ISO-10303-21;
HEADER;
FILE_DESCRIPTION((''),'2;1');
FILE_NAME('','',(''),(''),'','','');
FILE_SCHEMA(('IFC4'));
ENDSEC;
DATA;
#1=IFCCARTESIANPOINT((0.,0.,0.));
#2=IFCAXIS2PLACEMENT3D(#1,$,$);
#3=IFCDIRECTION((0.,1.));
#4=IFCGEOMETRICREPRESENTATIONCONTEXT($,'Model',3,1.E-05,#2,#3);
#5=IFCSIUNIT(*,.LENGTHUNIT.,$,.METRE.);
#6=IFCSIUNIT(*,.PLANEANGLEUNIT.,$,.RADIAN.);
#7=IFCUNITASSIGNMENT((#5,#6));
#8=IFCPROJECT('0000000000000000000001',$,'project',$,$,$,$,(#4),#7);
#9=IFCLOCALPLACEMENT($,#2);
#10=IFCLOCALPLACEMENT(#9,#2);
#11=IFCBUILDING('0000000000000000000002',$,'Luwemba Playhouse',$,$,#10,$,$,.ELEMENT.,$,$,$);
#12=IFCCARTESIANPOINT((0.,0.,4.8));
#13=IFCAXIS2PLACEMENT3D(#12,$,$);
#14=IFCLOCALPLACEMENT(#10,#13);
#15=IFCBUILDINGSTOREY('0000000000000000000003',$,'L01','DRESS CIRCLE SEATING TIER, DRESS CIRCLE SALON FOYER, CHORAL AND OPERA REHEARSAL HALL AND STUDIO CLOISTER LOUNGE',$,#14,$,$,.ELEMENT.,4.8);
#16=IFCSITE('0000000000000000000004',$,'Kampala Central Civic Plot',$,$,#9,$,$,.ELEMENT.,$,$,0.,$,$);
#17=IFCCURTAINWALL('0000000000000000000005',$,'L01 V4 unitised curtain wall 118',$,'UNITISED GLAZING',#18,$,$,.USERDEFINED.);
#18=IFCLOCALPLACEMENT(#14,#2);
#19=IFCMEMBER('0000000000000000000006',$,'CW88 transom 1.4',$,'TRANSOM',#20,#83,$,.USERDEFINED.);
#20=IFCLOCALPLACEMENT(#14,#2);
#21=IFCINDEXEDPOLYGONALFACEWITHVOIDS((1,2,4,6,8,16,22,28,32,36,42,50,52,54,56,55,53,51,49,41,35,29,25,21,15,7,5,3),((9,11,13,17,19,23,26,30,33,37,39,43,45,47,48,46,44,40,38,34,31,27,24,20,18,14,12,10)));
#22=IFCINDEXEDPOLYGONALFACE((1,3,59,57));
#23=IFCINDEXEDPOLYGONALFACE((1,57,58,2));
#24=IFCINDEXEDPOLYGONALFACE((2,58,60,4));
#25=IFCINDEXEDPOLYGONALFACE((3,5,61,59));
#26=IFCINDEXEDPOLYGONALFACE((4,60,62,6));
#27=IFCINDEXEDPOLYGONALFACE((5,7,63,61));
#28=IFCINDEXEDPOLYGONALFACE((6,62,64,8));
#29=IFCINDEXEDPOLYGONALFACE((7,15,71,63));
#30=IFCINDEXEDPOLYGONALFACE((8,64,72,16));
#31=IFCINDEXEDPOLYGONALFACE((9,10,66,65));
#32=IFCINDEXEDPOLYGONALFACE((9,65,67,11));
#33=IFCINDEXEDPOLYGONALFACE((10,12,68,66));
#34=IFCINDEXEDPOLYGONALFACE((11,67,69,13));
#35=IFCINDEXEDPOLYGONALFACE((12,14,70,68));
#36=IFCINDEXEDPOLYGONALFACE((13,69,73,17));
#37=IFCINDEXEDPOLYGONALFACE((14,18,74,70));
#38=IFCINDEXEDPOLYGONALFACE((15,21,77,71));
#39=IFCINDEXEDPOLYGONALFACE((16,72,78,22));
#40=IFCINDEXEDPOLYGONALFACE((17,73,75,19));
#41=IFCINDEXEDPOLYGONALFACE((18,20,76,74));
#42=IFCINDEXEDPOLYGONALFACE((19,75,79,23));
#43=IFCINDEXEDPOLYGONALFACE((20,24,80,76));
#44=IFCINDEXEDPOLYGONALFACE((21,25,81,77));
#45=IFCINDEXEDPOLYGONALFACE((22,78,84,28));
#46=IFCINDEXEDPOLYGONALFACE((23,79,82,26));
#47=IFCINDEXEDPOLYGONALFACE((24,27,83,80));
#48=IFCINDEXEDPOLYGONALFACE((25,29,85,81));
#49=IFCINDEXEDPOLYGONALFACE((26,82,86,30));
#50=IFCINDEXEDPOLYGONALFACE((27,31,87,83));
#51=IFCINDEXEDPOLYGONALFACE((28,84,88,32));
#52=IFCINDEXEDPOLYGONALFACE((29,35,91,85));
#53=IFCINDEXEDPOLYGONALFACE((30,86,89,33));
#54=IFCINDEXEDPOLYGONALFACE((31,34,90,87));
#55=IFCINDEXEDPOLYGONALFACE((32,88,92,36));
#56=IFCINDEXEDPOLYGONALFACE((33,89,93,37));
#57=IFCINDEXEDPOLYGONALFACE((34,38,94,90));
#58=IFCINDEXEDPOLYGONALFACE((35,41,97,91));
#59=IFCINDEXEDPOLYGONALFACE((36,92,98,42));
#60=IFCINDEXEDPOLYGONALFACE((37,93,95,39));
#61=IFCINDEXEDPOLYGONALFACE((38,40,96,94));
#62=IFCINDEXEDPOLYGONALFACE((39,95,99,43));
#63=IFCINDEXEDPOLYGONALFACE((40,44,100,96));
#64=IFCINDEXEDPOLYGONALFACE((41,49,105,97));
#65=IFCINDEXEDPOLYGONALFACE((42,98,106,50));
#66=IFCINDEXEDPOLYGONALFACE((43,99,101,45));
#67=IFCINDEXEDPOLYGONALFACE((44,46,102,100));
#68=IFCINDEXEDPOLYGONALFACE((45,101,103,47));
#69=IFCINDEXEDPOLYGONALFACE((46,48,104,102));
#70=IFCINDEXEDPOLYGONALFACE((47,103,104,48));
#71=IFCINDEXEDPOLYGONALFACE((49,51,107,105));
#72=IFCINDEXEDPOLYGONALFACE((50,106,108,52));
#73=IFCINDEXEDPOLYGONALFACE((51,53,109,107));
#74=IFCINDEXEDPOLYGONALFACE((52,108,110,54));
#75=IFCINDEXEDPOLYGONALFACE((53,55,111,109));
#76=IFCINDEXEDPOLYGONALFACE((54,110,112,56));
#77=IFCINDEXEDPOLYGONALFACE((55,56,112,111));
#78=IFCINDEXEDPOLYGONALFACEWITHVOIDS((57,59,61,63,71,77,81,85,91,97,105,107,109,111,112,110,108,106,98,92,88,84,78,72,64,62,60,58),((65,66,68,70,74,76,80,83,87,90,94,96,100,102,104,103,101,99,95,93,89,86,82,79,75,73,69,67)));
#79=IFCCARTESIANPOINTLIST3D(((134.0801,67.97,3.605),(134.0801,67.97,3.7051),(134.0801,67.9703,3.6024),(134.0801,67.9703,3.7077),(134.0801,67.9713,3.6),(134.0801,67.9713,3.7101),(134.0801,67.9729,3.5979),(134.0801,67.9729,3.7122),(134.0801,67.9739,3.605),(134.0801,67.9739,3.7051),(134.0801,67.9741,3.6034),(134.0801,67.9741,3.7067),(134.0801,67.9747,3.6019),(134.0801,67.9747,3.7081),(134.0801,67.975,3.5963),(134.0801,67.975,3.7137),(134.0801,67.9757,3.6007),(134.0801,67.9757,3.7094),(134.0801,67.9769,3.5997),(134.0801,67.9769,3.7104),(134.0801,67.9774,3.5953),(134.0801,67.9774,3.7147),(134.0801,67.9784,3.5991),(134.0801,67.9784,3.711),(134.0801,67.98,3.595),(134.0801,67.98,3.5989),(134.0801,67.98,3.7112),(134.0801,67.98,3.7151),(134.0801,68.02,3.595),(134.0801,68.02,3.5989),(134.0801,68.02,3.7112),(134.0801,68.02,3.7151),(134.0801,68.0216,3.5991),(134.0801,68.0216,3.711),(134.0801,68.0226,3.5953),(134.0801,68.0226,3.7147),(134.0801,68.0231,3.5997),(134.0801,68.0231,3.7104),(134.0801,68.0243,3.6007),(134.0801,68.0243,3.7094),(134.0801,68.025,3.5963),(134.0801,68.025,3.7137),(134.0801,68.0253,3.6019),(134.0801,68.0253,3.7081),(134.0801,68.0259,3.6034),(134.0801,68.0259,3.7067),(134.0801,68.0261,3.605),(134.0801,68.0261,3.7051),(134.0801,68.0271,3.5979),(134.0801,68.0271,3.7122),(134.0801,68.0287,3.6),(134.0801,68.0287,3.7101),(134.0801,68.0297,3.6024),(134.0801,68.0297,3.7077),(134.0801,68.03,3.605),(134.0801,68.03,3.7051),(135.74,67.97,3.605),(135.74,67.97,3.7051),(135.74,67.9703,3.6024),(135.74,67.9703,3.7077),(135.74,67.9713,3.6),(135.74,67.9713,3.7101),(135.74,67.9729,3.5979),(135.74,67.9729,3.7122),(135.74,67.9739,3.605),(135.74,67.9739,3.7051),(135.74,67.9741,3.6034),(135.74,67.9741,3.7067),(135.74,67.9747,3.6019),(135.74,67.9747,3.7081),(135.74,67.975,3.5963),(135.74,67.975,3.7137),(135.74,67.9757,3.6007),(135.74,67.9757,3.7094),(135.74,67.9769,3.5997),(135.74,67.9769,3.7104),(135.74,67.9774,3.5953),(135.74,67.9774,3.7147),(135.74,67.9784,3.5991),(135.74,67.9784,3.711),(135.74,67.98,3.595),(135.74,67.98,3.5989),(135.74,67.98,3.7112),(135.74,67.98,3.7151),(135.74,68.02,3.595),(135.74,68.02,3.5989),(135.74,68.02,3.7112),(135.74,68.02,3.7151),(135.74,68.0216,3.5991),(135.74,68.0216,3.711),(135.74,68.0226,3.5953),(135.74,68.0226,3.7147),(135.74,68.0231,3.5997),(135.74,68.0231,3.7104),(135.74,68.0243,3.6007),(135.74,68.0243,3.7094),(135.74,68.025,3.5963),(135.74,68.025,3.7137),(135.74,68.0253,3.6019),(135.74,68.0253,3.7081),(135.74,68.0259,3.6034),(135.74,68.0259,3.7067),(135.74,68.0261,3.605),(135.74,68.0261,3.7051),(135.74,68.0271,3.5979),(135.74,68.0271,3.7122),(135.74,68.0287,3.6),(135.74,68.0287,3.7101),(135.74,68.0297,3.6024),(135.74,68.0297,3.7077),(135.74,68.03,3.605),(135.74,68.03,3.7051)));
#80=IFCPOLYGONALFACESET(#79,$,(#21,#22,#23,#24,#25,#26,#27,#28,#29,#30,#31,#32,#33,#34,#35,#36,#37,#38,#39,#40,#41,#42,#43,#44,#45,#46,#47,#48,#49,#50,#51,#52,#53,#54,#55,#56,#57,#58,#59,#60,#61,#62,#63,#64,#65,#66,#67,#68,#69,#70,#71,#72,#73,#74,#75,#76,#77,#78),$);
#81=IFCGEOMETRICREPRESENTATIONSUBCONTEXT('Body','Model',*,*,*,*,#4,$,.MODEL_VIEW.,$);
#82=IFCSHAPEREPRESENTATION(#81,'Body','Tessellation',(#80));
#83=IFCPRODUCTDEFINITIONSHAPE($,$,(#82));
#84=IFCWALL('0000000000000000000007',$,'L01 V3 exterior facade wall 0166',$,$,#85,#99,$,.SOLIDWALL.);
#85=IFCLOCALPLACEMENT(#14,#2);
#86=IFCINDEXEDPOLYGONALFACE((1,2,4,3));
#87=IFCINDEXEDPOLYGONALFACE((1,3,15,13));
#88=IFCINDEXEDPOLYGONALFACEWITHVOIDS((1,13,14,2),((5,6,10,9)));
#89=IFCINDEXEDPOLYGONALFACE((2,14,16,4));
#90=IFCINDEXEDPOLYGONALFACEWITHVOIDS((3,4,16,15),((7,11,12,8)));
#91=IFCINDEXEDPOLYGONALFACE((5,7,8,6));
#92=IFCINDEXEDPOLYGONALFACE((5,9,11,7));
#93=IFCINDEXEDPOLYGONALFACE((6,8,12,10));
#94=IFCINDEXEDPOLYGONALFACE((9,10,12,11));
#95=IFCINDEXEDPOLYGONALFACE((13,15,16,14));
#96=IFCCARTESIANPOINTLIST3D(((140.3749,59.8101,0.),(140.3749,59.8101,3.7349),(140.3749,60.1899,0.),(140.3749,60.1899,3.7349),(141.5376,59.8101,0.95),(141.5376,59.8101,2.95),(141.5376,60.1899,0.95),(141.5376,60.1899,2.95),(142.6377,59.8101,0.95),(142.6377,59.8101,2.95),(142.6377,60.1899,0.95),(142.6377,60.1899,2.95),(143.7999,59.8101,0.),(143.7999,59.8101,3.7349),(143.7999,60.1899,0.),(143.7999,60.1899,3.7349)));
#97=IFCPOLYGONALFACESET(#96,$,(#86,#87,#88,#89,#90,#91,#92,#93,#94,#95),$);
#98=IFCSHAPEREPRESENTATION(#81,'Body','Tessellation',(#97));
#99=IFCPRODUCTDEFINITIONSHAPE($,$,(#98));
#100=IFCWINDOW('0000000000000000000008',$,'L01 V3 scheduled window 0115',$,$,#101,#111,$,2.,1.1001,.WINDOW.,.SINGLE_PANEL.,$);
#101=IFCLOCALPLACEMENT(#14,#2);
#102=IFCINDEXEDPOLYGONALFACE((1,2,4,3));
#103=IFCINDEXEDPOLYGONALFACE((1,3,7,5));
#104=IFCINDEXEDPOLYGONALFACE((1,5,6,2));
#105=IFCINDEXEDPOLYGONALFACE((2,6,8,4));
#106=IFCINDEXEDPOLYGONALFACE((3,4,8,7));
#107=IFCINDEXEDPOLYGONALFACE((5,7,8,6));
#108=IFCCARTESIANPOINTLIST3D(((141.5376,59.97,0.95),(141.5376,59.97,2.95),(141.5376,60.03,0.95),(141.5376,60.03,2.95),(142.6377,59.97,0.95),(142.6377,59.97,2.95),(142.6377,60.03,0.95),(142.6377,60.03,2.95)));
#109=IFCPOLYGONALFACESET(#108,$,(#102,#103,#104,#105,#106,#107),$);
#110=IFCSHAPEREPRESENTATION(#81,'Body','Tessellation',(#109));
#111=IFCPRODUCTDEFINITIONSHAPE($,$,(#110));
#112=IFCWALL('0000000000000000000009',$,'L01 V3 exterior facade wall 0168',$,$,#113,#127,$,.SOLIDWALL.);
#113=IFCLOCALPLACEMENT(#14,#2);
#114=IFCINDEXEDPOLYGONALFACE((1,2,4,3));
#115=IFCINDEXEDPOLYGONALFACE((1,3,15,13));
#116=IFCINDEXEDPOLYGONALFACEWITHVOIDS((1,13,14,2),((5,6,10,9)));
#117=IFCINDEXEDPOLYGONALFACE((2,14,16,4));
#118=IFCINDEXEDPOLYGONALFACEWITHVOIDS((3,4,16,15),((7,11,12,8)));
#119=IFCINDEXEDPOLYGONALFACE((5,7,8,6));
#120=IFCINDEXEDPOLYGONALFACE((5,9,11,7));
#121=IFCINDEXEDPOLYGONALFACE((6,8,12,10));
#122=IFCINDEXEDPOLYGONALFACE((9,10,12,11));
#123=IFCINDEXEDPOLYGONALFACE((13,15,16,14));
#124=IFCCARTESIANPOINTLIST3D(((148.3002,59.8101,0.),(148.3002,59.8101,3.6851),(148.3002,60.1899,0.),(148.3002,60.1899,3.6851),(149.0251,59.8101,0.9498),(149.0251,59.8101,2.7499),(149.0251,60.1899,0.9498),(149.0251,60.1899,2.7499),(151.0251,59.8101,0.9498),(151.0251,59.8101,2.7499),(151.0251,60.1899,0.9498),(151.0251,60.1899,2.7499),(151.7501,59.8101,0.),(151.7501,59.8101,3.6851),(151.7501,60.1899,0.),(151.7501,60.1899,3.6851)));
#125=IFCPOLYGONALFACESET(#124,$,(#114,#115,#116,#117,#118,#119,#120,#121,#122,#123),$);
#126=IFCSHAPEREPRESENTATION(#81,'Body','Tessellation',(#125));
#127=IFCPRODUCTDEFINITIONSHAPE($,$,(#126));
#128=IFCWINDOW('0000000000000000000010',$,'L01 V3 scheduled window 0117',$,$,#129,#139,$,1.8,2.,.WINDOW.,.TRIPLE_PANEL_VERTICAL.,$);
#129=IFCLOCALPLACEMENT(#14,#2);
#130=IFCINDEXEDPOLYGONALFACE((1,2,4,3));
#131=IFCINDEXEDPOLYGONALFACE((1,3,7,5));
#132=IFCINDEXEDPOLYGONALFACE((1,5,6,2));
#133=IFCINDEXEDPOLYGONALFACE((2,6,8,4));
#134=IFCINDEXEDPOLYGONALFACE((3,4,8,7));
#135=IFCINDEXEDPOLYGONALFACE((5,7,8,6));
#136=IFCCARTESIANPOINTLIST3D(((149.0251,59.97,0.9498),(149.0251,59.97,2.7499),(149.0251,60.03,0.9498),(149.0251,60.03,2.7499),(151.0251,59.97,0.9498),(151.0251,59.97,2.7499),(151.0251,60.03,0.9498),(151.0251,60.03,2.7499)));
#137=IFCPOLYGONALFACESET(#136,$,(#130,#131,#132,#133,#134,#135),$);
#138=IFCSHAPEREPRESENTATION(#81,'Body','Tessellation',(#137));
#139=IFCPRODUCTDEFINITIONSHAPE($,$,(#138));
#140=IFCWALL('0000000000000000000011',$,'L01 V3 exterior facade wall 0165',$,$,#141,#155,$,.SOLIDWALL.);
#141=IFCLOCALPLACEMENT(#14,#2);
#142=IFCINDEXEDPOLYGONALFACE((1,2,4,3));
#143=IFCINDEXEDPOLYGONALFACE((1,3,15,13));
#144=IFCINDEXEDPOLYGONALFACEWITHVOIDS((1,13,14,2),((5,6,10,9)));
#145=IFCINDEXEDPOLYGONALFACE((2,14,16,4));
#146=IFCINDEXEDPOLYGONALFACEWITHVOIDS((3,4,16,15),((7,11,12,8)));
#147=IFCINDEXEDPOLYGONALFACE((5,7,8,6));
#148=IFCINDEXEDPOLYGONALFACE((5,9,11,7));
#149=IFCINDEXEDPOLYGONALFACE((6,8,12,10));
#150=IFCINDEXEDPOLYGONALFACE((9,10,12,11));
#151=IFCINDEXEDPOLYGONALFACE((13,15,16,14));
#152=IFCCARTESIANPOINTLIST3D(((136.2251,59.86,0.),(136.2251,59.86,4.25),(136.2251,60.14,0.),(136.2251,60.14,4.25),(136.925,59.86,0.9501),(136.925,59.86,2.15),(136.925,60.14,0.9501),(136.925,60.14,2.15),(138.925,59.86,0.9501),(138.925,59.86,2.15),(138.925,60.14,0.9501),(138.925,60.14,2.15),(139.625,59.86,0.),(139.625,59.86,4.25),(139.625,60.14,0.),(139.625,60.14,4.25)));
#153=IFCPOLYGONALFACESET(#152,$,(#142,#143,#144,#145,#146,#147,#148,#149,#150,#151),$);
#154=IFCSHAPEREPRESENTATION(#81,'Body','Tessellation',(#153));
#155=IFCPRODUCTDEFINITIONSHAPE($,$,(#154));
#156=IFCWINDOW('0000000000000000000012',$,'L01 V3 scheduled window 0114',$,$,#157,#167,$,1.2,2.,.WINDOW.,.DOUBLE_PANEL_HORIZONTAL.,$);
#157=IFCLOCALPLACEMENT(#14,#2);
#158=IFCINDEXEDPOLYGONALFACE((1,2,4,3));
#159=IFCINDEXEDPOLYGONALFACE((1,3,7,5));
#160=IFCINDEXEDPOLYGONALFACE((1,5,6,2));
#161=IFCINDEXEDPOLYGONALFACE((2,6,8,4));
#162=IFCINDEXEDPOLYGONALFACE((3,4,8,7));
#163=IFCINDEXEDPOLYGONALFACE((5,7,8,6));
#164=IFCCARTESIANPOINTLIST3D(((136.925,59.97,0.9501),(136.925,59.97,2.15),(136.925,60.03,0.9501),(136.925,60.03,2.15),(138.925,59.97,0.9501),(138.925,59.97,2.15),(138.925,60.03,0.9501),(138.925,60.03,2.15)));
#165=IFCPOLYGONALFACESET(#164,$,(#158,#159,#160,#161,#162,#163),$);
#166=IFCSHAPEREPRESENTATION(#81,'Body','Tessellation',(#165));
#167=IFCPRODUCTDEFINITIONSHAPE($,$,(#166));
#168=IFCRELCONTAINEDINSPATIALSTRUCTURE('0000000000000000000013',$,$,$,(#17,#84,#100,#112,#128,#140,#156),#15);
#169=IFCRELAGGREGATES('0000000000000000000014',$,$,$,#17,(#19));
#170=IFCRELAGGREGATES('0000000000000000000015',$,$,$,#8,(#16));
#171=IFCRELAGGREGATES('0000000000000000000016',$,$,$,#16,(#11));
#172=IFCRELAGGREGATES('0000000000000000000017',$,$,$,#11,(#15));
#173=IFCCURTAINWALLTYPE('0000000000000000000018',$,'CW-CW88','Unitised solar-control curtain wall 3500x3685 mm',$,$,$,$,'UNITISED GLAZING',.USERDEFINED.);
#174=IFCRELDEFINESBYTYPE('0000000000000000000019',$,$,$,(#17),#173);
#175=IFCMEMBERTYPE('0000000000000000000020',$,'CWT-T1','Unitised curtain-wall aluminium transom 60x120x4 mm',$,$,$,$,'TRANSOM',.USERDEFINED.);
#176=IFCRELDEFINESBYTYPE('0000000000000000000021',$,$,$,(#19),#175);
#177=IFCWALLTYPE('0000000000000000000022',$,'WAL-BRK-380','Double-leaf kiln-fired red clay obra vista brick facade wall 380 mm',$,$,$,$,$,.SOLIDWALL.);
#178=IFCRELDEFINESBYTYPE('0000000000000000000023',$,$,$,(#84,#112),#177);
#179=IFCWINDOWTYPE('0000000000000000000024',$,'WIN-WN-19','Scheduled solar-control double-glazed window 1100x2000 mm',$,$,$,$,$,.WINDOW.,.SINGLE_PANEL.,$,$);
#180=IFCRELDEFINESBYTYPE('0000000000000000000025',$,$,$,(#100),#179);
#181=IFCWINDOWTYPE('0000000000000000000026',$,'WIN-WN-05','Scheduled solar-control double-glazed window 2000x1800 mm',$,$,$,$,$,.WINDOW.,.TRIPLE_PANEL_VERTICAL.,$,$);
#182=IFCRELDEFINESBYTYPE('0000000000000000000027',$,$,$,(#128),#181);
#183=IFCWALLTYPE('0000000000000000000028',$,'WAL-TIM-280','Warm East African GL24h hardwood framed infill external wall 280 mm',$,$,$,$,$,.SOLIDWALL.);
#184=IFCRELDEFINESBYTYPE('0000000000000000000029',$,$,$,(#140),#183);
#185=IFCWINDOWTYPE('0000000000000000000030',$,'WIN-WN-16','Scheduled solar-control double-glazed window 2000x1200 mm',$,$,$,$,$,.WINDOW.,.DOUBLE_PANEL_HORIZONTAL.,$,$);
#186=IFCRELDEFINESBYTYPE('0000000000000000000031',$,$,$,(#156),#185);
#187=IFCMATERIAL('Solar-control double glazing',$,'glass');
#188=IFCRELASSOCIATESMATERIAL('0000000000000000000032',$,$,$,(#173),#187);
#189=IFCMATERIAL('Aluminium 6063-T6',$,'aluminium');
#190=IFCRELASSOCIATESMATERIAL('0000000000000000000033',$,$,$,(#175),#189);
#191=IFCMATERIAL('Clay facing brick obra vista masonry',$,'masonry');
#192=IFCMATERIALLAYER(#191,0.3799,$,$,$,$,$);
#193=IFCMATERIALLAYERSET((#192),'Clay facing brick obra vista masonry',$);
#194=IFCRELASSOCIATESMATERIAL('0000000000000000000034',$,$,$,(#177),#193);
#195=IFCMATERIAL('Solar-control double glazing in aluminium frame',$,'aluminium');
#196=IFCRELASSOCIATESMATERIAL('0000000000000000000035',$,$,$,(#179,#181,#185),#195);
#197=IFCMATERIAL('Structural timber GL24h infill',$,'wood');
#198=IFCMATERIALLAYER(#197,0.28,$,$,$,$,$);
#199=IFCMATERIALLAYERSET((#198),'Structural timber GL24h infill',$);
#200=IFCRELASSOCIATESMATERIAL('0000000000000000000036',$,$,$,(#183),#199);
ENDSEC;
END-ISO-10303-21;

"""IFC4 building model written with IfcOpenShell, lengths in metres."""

from ifc_helpers import new_model, si_unit, direction, frame, frame_2d, origin, origin_2d, place, context, subcontext, project, spatial, rectangle, hollow_rectangle, extrude, material, layer, layer_set, material_profile, profile_set, type_object, element, fill, aggregate, save


model = new_model("IFC4")

# Units and contexts
model_context = context("Model", 3, precision=1e-05, world=origin(), true_north=direction((0.0, 1.0)))
body_context = subcontext(model_context, "Body", "Model", "MODEL_VIEW")
ifc_project = project(units=[si_unit("LENGTHUNIT", "METRE"), si_unit("PLANEANGLEUNIT", "RADIAN")], contexts=[model_context])

# Site, building, storey
site_placement = place(None, origin())
site = spatial("IfcSite", under=ifc_project, at=site_placement, Name="Kampala Central Civic Plot", CompositionType="ELEMENT", RefElevation=0.0)
building_placement = place(site_placement, origin())
building = spatial("IfcBuilding", under=site, at=building_placement, Name="Luwemba Playhouse", CompositionType="ELEMENT")
storey_placement = place(building_placement, frame((0.0, 0.0, 4.8)))
storey = spatial("IfcBuildingStorey", under=building, at=storey_placement, Name="L01", Description="DRESS CIRCLE SEATING TIER, DRESS CIRCLE SALON FOYER, CHORAL AND OPERA REHEARSAL HALL AND STUDIO CLOISTER LOUNGE", CompositionType="ELEMENT", Elevation=4.8)

# Curtain wall, member
ifc_material_1 = material(Name="Solar-control double glazing", Category="glass")
curtain_wall_type = type_object("IfcCurtainWallType", Name="CW-CW88", Description="Unitised solar-control curtain wall 3500x3685 mm", ElementType="UNITISED GLAZING", PredefinedType="USERDEFINED", material=ifc_material_1)
curtain_wall_placement = place(storey_placement, origin())
curtain_wall = element("IfcCurtainWall", 1, at=curtain_wall_placement, inside=storey, type_object=curtain_wall_type, Name="L01 V4 unitised curtain wall 118", ObjectType="UNITISED GLAZING", PredefinedType="USERDEFINED")
ifc_material_2 = material(Name="Aluminium 6063-T6", Category="aluminium")
ifc_material_profile_1 = material_profile(ifc_material_2, hollow_rectangle(XDim=0.0601, YDim=0.1201, WallThickness=0.0039, InnerFilletRadius=0.0061, OuterFilletRadius=0.01, at=origin_2d()))
ifc_profile_set_1 = profile_set([ifc_material_profile_1], Name="Aluminium 6063-T6")
member_type_1 = type_object("IfcMemberType", Name="CWT-T1", Description="Unitised curtain-wall aluminium transom 60x120x4 mm", ElementType="TRANSOM", PredefinedType="USERDEFINED", material=ifc_profile_set_1)
member_1_placement = place(storey_placement, frame((135.74, 68.0, 3.655), z_axis=(-1.0, 0.0, 0.0), x_axis=(0.0, -1.0, 0.0)))
member_1 = element("IfcMember", 2, at=member_1_placement, type_object=member_type_1, Name="CW88 transom 1.4", ObjectType="TRANSOM", PredefinedType="USERDEFINED", context=body_context, shape_type="SweptSolid", body=[
    extrude(hollow_rectangle(XDim=0.0601, YDim=0.1201, WallThickness=0.0039, InnerFilletRadius=0.0061, OuterFilletRadius=0.01, at=origin_2d()), origin(), (0.0, 0.0, 1.0), 1.6599),
])
aggregate(curtain_wall, [member_1])

# Walls, openings, windows
ifc_material_3 = material(Name="Clay facing brick obra vista masonry", Category="masonry")
ifc_layer_1 = layer(ifc_material_3, 0.3799)
ifc_layer_set_1 = layer_set([ifc_layer_1], Name="Clay facing brick obra vista masonry")
wall_type_1 = type_object("IfcWallType", Name="WAL-BRK-380", Description="Double-leaf kiln-fired red clay obra vista brick facade wall 380 mm", PredefinedType="SOLIDWALL", material=ifc_layer_set_1)
wall_1_placement = place(storey_placement, frame((140.375, 60.0, 0.0), z_axis=(0.0, 0.0, 1.0), x_axis=(1.0, 0.0, 0.0)))
wall_1 = element("IfcWall", 3, at=wall_1_placement, inside=storey, type_object=wall_type_1, Name="L01 V3 exterior facade wall 0166", PredefinedType="SOLIDWALL", context=body_context, shape_type="SweptSolid", body=[
    extrude(rectangle(XDim=3.425, YDim=0.3799, at=frame_2d((1.7124, 0.0))), origin(), (0.0, 0.0, 1.0), 3.7349),
])
opening_1_placement = place(wall_1_placement, frame((1.1626, 0.0, 0.95)))
opening_1 = element("IfcOpeningElement", 4, at=opening_1_placement, cuts=wall_1, PredefinedType="OPENING", context=body_context, shape_type="SweptSolid", body=[
    extrude(rectangle(XDim=1.1001, YDim=2.0, at=frame_2d((0.55, 1.0))), frame((0.0, 0.2, 0.0), z_axis=(0.0, -1.0, 0.0), x_axis=(1.0, 0.0, 0.0)), (0.0, 0.0, 1.0), 0.3999),
])
ifc_material_4 = material(Name="Solar-control double glazing in aluminium frame", Category="aluminium")
window_type_1 = type_object("IfcWindowType", Name="WIN-WN-19", Description="Scheduled solar-control double-glazed window 1100x2000 mm", PartitioningType="SINGLE_PANEL", PredefinedType="WINDOW", material=ifc_material_4)
window_1_placement = place(opening_1_placement, origin())
window_1 = element("IfcWindow", 5, at=window_1_placement, inside=storey, type_object=window_type_1, Name="L01 V3 scheduled window 0115", OverallHeight=2.0, OverallWidth=1.1001, PartitioningType="SINGLE_PANEL", PredefinedType="WINDOW", context=body_context, shape_type="SweptSolid", body=[
    extrude(rectangle(XDim=1.1001, YDim=2.0, at=frame_2d((0.55, 1.0))), frame((0.0, 0.03, 0.0), z_axis=(0.0, -1.0, 0.0), x_axis=(1.0, 0.0, 0.0)), (0.0, 0.0, 1.0), 0.0601),
])
fill(opening_1, window_1)
wall_2_placement = place(storey_placement, frame((148.3, 60.0, 0.0), z_axis=(0.0, 0.0, 1.0), x_axis=(1.0, 0.0, 0.0)))
wall_2 = element("IfcWall", 6, at=wall_2_placement, inside=storey, type_object=wall_type_1, Name="L01 V3 exterior facade wall 0168", PredefinedType="SOLIDWALL", context=body_context, shape_type="SweptSolid", body=[
    extrude(rectangle(XDim=3.45, YDim=0.3799, at=frame_2d((1.7251, 0.0))), origin(), (0.0, 0.0, 1.0), 3.6851),
])
opening_2_placement = place(wall_2_placement, frame((0.7251, 0.0, 0.95)))
opening_2 = element("IfcOpeningElement", 7, at=opening_2_placement, cuts=wall_2, PredefinedType="OPENING", context=body_context, shape_type="SweptSolid", body=[
    extrude(rectangle(XDim=2.0, YDim=1.8, at=frame_2d((1.0, 0.8999))), frame((0.0, 0.2, 0.0), z_axis=(0.0, -1.0, 0.0), x_axis=(1.0, 0.0, 0.0)), (0.0, 0.0, 1.0), 0.3999),
])
window_type_2 = type_object("IfcWindowType", Name="WIN-WN-05", Description="Scheduled solar-control double-glazed window 2000x1800 mm", PartitioningType="TRIPLE_PANEL_VERTICAL", PredefinedType="WINDOW", material=ifc_material_4)
window_2_placement = place(opening_2_placement, origin())
window_2 = element("IfcWindow", 8, at=window_2_placement, inside=storey, type_object=window_type_2, Name="L01 V3 scheduled window 0117", OverallHeight=1.8, OverallWidth=2.0, PartitioningType="TRIPLE_PANEL_VERTICAL", PredefinedType="WINDOW", context=body_context, shape_type="SweptSolid", body=[
    extrude(rectangle(XDim=2.0, YDim=1.8, at=frame_2d((1.0, 0.8999))), frame((0.0, 0.03, 0.0), z_axis=(0.0, -1.0, 0.0), x_axis=(1.0, 0.0, 0.0)), (0.0, 0.0, 1.0), 0.0601),
])
fill(opening_2, window_2)
ifc_material_5 = material(Name="Structural timber GL24h infill", Category="wood")
ifc_layer_2 = layer(ifc_material_5, 0.28)
ifc_layer_set_2 = layer_set([ifc_layer_2], Name="Structural timber GL24h infill")
wall_type_2 = type_object("IfcWallType", Name="WAL-TIM-280", Description="Warm East African GL24h hardwood framed infill external wall 280 mm", PredefinedType="SOLIDWALL", material=ifc_layer_set_2)
wall_3_placement = place(storey_placement, frame((136.2251, 60.0, 0.0), z_axis=(0.0, 0.0, 1.0), x_axis=(1.0, 0.0, 0.0)))
wall_3 = element("IfcWall", 9, at=wall_3_placement, inside=storey, type_object=wall_type_2, Name="L01 V3 exterior facade wall 0165", PredefinedType="SOLIDWALL", context=body_context, shape_type="SweptSolid", body=[
    extrude(rectangle(XDim=3.3999, YDim=0.28, at=frame_2d((1.7, 0.0))), origin(), (0.0, 0.0, 1.0), 4.25),
])
opening_3_placement = place(wall_3_placement, frame((0.7, 0.0, 0.95)))
opening_3 = element("IfcOpeningElement", 10, at=opening_3_placement, cuts=wall_3, PredefinedType="OPENING", context=body_context, shape_type="SweptSolid", body=[
    extrude(rectangle(XDim=2.0, YDim=1.2, at=frame_2d((1.0, 0.6001))), frame((0.0, 0.1499, 0.0), z_axis=(0.0, -1.0, 0.0), x_axis=(1.0, 0.0, 0.0)), (0.0, 0.0, 1.0), 0.3),
])
window_type_3 = type_object("IfcWindowType", Name="WIN-WN-16", Description="Scheduled solar-control double-glazed window 2000x1200 mm", PartitioningType="DOUBLE_PANEL_HORIZONTAL", PredefinedType="WINDOW", material=ifc_material_4)
window_3_placement = place(opening_3_placement, origin())
window_3 = element("IfcWindow", 11, at=window_3_placement, inside=storey, type_object=window_type_3, Name="L01 V3 scheduled window 0114", OverallHeight=1.2, OverallWidth=2.0, PartitioningType="DOUBLE_PANEL_HORIZONTAL", PredefinedType="WINDOW", context=body_context, shape_type="SweptSolid", body=[
    extrude(rectangle(XDim=2.0, YDim=1.2, at=frame_2d((1.0, 0.6001))), frame((0.0, 0.03, 0.0), z_axis=(0.0, -1.0, 0.0), x_axis=(1.0, 0.0, 0.0)), (0.0, 0.0, 1.0), 0.0601),
])
fill(opening_3, window_3)

save(model, "model.ifc")
